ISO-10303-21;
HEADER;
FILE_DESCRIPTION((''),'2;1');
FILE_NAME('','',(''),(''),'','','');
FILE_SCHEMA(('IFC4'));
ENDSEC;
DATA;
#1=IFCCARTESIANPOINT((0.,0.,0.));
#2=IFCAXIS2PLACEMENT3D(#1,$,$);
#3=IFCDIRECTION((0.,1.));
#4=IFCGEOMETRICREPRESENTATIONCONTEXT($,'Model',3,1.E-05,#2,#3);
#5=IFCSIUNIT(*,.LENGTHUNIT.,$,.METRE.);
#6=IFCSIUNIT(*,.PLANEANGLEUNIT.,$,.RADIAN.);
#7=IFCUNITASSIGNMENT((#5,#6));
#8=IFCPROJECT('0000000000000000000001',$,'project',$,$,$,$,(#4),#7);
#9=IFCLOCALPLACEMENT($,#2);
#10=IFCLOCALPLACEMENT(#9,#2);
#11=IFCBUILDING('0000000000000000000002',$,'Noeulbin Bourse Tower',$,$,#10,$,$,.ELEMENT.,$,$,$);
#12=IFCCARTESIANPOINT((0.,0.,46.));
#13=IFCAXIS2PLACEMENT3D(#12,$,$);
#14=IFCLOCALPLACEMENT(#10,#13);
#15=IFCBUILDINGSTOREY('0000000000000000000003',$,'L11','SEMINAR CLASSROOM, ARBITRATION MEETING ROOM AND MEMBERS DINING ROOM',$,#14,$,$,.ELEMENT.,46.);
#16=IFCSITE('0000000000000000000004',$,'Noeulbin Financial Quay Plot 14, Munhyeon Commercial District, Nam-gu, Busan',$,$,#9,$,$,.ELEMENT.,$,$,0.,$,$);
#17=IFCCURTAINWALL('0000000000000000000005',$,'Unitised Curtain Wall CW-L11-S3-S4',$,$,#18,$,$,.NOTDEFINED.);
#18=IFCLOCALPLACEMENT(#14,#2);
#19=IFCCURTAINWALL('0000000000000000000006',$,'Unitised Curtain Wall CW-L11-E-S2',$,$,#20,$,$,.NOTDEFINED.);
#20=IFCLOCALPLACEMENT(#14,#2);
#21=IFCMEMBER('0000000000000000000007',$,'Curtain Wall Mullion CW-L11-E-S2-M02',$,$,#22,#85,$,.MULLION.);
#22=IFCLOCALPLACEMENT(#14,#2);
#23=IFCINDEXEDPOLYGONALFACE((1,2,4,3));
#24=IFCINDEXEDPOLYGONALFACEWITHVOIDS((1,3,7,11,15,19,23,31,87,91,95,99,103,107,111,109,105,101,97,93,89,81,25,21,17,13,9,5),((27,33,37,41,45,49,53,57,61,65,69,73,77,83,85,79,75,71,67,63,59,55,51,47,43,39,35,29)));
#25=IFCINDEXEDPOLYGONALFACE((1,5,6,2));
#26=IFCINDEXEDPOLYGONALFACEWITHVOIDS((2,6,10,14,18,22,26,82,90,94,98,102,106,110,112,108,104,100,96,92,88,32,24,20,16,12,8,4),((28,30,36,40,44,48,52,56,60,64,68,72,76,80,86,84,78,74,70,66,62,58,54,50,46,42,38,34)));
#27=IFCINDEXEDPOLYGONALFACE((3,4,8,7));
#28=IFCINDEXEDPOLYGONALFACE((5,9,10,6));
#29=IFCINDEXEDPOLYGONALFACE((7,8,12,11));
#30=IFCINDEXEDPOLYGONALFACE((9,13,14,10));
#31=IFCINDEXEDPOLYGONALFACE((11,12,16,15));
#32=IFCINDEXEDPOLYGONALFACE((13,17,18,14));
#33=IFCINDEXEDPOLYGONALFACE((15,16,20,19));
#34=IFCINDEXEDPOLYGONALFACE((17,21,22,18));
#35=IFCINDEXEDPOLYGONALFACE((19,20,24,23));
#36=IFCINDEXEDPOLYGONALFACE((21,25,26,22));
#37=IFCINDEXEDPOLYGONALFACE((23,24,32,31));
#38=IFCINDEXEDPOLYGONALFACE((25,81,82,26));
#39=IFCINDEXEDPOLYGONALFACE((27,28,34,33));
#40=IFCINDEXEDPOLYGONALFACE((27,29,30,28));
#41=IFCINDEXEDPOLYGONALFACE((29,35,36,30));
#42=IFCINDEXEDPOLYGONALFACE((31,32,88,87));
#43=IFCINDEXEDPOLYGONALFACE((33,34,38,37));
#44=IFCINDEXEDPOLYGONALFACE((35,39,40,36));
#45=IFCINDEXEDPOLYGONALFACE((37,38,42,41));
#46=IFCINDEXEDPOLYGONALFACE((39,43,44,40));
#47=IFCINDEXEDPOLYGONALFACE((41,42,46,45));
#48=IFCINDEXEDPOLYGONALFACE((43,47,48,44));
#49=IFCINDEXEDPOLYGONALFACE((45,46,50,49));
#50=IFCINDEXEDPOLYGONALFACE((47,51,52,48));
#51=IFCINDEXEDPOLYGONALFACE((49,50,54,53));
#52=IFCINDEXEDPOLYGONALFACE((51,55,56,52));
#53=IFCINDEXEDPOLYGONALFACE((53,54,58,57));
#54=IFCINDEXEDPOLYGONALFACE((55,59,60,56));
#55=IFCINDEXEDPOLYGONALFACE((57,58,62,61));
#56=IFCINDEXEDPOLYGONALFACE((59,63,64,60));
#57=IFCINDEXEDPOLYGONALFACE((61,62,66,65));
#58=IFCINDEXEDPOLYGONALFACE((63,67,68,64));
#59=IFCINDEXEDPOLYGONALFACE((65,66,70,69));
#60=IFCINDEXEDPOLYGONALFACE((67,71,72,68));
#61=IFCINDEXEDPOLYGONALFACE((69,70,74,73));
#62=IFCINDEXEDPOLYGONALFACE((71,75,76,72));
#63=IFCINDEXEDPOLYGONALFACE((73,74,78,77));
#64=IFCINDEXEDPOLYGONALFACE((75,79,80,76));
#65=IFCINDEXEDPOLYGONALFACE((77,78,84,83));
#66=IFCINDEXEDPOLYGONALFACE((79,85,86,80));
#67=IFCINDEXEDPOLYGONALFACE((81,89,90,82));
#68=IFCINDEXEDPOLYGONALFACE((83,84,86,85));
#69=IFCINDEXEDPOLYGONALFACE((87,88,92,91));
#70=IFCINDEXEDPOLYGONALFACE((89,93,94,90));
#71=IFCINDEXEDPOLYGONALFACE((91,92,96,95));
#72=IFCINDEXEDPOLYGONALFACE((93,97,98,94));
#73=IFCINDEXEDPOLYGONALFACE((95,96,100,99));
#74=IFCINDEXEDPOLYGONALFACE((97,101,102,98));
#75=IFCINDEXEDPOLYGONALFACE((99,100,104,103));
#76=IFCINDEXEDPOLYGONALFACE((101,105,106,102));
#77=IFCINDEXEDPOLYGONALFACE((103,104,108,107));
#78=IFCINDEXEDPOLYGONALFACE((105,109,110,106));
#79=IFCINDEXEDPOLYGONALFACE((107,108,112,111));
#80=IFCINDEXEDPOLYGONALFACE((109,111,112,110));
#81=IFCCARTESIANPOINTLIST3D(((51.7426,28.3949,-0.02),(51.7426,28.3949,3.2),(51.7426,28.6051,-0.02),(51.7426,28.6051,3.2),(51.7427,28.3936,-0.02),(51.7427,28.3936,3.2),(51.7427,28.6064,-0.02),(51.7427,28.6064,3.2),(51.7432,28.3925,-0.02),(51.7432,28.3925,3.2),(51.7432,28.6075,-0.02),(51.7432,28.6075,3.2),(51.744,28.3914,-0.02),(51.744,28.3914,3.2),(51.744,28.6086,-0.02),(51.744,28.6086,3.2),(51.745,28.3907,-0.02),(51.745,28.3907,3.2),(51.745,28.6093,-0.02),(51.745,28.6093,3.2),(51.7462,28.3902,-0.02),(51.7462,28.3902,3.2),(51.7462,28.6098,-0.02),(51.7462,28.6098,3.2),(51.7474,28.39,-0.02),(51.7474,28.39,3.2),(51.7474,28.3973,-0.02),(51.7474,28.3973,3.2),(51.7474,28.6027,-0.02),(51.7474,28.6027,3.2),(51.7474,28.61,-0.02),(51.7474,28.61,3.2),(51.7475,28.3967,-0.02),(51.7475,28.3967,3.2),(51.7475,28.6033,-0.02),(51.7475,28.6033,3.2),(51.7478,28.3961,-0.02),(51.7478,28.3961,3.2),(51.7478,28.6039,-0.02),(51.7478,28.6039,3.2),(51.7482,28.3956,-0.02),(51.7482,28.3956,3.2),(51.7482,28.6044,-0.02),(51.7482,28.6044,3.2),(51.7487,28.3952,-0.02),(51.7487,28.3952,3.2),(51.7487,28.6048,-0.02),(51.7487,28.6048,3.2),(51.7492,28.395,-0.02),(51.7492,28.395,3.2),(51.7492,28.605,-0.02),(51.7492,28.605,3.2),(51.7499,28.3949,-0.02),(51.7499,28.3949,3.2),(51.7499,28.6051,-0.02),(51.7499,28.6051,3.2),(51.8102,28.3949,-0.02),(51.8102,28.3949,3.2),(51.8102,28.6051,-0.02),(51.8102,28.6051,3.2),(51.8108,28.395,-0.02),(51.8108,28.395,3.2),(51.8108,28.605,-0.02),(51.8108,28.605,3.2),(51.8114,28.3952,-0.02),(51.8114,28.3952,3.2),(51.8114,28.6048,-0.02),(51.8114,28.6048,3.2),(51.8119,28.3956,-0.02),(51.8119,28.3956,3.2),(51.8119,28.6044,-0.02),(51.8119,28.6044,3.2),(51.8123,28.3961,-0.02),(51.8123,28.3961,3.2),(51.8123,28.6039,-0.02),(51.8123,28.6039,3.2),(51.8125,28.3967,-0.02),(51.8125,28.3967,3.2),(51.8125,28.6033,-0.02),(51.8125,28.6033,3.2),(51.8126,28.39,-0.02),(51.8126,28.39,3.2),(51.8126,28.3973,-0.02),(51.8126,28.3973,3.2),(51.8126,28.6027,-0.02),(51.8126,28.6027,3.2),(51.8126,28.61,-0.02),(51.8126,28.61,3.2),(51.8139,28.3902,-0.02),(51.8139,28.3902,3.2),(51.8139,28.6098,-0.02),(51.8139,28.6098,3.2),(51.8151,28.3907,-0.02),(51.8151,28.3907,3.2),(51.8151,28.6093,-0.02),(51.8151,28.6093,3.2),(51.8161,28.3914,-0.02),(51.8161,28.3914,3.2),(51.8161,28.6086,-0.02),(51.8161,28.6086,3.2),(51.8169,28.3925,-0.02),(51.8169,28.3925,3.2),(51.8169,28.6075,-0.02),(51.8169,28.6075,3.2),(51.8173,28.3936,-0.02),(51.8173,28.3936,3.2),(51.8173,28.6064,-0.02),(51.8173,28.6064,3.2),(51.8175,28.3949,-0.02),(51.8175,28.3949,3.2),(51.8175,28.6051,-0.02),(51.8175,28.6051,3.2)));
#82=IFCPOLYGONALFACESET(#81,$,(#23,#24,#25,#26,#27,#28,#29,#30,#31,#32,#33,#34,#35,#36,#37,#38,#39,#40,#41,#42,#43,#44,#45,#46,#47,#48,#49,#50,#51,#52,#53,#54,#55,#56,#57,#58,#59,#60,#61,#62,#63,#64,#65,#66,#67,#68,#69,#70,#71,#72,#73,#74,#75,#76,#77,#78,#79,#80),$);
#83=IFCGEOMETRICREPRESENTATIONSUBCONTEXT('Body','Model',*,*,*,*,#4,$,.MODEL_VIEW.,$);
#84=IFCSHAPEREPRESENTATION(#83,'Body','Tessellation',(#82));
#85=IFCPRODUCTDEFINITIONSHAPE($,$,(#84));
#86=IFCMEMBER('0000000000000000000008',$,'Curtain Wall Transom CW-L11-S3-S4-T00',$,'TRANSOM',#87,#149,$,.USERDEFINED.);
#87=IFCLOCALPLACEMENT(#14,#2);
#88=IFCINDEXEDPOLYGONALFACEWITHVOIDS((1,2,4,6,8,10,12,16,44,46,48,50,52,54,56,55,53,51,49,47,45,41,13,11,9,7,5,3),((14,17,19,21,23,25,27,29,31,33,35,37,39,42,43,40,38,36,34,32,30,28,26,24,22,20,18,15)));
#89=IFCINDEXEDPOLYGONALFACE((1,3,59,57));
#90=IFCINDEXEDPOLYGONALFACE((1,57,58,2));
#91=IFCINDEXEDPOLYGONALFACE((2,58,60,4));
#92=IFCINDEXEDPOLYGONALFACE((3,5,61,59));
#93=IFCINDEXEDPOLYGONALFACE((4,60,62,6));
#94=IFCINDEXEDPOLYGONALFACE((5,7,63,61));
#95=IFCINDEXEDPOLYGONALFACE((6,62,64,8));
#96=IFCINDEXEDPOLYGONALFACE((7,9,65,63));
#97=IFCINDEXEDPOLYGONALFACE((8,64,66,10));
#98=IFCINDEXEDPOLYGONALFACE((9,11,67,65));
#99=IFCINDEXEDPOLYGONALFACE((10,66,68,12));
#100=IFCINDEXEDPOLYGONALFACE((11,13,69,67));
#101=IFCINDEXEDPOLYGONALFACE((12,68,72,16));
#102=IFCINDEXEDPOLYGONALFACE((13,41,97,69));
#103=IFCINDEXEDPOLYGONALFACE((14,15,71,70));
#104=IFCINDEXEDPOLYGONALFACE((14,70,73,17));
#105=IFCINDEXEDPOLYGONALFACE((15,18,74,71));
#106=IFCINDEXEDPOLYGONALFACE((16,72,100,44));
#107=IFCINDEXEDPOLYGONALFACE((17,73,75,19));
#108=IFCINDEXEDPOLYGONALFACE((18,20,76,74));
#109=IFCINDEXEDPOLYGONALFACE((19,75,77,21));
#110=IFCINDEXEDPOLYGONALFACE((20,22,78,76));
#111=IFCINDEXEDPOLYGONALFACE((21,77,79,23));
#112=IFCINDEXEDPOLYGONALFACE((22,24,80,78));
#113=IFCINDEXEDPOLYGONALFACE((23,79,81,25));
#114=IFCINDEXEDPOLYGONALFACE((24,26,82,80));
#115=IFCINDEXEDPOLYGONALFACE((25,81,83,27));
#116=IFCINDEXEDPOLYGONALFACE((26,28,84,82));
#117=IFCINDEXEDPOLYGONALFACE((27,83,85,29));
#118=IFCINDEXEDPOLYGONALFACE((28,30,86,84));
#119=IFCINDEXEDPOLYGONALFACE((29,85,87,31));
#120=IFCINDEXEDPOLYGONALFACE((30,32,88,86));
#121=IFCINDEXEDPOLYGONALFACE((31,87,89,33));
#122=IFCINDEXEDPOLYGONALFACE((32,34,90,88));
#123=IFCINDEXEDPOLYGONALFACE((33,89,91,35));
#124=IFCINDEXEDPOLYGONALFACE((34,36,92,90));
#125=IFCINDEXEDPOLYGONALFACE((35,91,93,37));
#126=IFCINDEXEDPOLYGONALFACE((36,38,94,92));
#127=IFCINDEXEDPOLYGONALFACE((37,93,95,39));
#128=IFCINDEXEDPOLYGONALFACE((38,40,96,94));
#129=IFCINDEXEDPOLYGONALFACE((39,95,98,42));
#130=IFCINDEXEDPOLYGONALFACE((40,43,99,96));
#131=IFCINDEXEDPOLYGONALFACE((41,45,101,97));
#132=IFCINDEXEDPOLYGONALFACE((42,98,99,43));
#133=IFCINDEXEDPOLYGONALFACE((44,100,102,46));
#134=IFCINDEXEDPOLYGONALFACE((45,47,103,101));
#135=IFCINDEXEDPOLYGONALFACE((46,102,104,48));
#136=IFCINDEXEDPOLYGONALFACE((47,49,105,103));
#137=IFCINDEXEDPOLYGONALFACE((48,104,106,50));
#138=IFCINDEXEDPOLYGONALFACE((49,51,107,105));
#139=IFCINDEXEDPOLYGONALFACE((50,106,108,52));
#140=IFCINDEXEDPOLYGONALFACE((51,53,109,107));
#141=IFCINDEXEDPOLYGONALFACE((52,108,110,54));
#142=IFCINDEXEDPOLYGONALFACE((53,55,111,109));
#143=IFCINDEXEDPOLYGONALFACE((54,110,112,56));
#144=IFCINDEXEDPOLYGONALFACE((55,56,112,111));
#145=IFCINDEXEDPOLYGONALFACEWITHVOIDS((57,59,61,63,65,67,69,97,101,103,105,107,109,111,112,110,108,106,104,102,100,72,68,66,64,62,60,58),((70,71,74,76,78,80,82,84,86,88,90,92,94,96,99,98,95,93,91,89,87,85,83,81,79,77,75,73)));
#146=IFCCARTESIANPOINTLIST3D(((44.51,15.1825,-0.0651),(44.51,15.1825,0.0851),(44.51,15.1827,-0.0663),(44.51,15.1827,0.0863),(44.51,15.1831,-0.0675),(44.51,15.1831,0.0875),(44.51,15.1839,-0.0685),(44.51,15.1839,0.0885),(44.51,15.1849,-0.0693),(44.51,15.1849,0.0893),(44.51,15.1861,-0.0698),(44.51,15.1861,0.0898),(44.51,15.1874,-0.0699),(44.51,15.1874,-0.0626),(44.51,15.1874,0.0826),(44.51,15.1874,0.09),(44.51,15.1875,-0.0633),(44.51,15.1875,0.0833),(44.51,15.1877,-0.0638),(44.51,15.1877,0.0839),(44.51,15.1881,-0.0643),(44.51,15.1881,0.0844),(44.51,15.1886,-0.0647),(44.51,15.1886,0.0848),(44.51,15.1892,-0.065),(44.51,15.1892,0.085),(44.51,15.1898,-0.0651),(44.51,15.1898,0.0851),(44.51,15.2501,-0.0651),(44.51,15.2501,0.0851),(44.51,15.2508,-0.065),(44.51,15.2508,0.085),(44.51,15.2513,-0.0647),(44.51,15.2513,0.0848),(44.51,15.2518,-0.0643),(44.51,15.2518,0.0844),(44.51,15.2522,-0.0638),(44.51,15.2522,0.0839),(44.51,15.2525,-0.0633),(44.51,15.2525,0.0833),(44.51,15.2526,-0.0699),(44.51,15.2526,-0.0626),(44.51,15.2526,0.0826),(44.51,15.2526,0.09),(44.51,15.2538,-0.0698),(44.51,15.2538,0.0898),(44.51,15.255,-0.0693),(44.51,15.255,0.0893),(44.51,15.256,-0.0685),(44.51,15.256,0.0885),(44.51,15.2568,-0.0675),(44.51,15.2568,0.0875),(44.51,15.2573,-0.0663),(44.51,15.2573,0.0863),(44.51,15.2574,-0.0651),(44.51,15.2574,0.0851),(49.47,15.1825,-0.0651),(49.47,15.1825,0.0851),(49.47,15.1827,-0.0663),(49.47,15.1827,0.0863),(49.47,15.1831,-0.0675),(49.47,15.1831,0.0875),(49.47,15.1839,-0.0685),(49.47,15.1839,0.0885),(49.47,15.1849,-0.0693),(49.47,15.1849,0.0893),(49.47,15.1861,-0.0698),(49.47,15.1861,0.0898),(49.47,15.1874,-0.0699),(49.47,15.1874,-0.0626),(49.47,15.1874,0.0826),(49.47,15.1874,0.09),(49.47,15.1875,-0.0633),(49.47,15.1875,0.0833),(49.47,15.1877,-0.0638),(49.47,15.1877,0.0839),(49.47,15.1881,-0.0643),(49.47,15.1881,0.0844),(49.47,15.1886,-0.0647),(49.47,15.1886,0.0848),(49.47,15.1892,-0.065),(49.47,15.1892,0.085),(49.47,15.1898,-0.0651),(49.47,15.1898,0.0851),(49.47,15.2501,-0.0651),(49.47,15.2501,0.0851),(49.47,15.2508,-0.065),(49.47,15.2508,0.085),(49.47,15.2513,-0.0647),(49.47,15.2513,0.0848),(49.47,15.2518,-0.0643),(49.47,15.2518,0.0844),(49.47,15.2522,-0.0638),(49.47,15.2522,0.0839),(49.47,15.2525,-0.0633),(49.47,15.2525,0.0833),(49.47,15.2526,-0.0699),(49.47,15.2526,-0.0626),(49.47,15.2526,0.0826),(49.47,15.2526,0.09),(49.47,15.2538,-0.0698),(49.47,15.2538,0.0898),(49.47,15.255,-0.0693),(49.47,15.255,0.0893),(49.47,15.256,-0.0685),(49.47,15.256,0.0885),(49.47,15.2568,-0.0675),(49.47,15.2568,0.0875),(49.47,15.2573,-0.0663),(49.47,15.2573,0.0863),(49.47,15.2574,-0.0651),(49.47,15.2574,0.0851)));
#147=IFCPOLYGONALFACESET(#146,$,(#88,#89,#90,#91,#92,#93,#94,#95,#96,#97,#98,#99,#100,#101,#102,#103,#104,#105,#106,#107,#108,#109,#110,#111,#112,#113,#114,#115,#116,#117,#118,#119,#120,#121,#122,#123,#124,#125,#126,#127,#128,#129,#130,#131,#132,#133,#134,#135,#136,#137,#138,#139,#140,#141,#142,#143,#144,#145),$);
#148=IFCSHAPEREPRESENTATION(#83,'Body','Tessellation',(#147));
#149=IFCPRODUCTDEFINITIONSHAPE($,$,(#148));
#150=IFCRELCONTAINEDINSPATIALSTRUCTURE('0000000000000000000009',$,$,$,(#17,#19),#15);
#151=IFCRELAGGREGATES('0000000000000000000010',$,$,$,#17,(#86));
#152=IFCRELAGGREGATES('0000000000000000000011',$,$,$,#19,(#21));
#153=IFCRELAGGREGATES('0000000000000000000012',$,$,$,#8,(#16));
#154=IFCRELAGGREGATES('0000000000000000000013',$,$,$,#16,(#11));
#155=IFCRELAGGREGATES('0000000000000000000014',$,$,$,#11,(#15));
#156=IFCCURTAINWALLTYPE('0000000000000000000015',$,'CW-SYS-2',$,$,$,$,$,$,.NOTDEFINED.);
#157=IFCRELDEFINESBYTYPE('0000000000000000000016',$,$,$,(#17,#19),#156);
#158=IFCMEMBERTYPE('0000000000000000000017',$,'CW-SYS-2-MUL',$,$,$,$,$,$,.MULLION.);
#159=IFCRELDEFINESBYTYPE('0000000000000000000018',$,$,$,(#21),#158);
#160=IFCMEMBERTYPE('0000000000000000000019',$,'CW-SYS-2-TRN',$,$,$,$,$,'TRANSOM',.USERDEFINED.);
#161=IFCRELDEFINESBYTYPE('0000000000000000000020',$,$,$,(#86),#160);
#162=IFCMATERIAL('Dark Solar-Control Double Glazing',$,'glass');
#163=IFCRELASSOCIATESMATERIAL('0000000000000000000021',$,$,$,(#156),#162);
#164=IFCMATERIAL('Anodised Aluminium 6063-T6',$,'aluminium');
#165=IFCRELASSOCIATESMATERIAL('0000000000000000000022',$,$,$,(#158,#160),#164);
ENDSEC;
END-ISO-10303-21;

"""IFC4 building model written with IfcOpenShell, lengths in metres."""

from ifc_helpers import new_model, si_unit, direction, frame, origin, origin_2d, place, context, subcontext, project, spatial, hollow_rectangle, extrude, material, material_profile, profile_set, type_object, element, aggregate, save


model = new_model("IFC4")

# Units and contexts
model_context = context("Model", 3, precision=1e-05, world=origin(), true_north=direction((0.0, 1.0)))
body_context = subcontext(model_context, "Body", "Model", "MODEL_VIEW")
ifc_project = project(units=[si_unit("LENGTHUNIT", "METRE"), si_unit("PLANEANGLEUNIT", "RADIAN")], contexts=[model_context])

# Site, building, storey
site_placement = place(None, origin())
site = spatial("IfcSite", under=ifc_project, at=site_placement, Name="Noeulbin Financial Quay Plot 14, Munhyeon Commercial District, Nam-gu, Busan", CompositionType="ELEMENT", RefElevation=0.0)
building_placement = place(site_placement, origin())
building = spatial("IfcBuilding", under=site, at=building_placement, Name="Noeulbin Bourse Tower", CompositionType="ELEMENT")
storey_placement = place(building_placement, frame((0.0, 0.0, 46.0)))
storey = spatial("IfcBuildingStorey", under=building, at=storey_placement, Name="L11", Description="SEMINAR CLASSROOM, ARBITRATION MEETING ROOM AND MEMBERS DINING ROOM", CompositionType="ELEMENT", Elevation=46.0)

# Curtain walls, member
ifc_material_1 = material(Name="Dark Solar-Control Double Glazing", Category="glass")
curtain_wall_type = type_object("IfcCurtainWallType", Name="CW-SYS-2", PredefinedType="NOTDEFINED", material=ifc_material_1)
curtain_wall_1_placement = place(storey_placement, origin())
curtain_wall_1 = element("IfcCurtainWall", 1, at=curtain_wall_1_placement, inside=storey, type_object=curtain_wall_type, Name="Unitised Curtain Wall CW-L11-S3-S4", PredefinedType="NOTDEFINED")
ifc_material_2 = material(Name="Anodised Aluminium 6063-T6", Category="aluminium")
ifc_material_profile_1 = material_profile(ifc_material_2, hollow_rectangle(XDim=0.075, YDim=0.22, WallThickness=0.0049, InnerFilletRadius=0.0024, OuterFilletRadius=0.0049, at=origin_2d()), Name="ALU-MULL-75x220x5", Category="LoadBearing")
ifc_profile_set_1 = profile_set([ifc_material_profile_1], Name="Anodised Aluminium 6063-T6")
member_type_1 = type_object("IfcMemberType", Name="CW-SYS-2-MUL", PredefinedType="MULLION", material=ifc_profile_set_1)
curtain_wall_2_placement = place(storey_placement, origin())
curtain_wall_2 = element("IfcCurtainWall", 2, at=curtain_wall_2_placement, inside=storey, type_object=curtain_wall_type, Name="Unitised Curtain Wall CW-L11-E-S2", PredefinedType="NOTDEFINED")
member_1_placement = place(storey_placement, frame((51.78, 28.5, -0.02), z_axis=(0.0, 0.0, 1.0), x_axis=(1.0, 0.0, 0.0)))
member_1 = element("IfcMember", 3, at=member_1_placement, type_object=member_type_1, Name="Curtain Wall Mullion CW-L11-E-S2-M02", PredefinedType="MULLION", context=body_context, shape_type="SweptSolid", body=[
    extrude(hollow_rectangle(XDim=0.075, YDim=0.22, WallThickness=0.0049, InnerFilletRadius=0.0024, OuterFilletRadius=0.0049, at=origin_2d()), origin(), (0.0, 0.0, 1.0), 3.22),
])

# Member
ifc_material_profile_2 = material_profile(ifc_material_2, hollow_rectangle(XDim=0.075, YDim=0.1599, WallThickness=0.0049, InnerFilletRadius=0.0024, OuterFilletRadius=0.0049, at=origin_2d()), Name="ALU-TRAN-75x160x5", Category="LoadBearing")
ifc_profile_set_2 = profile_set([ifc_material_profile_2], Name="Anodised Aluminium 6063-T6")
member_type_2 = type_object("IfcMemberType", Name="CW-SYS-2-TRN", ElementType="TRANSOM", PredefinedType="USERDEFINED", material=ifc_profile_set_2)
member_2_placement = place(storey_placement, frame((44.51, 15.22, 0.01), z_axis=(1.0, 0.0, 0.0), x_axis=(0.0, 1.0, 0.0)))
member_2 = element("IfcMember", 4, at=member_2_placement, type_object=member_type_2, Name="Curtain Wall Transom CW-L11-S3-S4-T00", ObjectType="TRANSOM", PredefinedType="USERDEFINED", context=body_context, shape_type="SweptSolid", body=[
    extrude(hollow_rectangle(XDim=0.075, YDim=0.1599, WallThickness=0.0049, InnerFilletRadius=0.0024, OuterFilletRadius=0.0049, at=origin_2d()), origin(), (0.0, 0.0, 1.0), 4.96),
])

aggregate(curtain_wall_1, [member_2])
aggregate(curtain_wall_2, [member_1])

save(model, "model.ifc")
